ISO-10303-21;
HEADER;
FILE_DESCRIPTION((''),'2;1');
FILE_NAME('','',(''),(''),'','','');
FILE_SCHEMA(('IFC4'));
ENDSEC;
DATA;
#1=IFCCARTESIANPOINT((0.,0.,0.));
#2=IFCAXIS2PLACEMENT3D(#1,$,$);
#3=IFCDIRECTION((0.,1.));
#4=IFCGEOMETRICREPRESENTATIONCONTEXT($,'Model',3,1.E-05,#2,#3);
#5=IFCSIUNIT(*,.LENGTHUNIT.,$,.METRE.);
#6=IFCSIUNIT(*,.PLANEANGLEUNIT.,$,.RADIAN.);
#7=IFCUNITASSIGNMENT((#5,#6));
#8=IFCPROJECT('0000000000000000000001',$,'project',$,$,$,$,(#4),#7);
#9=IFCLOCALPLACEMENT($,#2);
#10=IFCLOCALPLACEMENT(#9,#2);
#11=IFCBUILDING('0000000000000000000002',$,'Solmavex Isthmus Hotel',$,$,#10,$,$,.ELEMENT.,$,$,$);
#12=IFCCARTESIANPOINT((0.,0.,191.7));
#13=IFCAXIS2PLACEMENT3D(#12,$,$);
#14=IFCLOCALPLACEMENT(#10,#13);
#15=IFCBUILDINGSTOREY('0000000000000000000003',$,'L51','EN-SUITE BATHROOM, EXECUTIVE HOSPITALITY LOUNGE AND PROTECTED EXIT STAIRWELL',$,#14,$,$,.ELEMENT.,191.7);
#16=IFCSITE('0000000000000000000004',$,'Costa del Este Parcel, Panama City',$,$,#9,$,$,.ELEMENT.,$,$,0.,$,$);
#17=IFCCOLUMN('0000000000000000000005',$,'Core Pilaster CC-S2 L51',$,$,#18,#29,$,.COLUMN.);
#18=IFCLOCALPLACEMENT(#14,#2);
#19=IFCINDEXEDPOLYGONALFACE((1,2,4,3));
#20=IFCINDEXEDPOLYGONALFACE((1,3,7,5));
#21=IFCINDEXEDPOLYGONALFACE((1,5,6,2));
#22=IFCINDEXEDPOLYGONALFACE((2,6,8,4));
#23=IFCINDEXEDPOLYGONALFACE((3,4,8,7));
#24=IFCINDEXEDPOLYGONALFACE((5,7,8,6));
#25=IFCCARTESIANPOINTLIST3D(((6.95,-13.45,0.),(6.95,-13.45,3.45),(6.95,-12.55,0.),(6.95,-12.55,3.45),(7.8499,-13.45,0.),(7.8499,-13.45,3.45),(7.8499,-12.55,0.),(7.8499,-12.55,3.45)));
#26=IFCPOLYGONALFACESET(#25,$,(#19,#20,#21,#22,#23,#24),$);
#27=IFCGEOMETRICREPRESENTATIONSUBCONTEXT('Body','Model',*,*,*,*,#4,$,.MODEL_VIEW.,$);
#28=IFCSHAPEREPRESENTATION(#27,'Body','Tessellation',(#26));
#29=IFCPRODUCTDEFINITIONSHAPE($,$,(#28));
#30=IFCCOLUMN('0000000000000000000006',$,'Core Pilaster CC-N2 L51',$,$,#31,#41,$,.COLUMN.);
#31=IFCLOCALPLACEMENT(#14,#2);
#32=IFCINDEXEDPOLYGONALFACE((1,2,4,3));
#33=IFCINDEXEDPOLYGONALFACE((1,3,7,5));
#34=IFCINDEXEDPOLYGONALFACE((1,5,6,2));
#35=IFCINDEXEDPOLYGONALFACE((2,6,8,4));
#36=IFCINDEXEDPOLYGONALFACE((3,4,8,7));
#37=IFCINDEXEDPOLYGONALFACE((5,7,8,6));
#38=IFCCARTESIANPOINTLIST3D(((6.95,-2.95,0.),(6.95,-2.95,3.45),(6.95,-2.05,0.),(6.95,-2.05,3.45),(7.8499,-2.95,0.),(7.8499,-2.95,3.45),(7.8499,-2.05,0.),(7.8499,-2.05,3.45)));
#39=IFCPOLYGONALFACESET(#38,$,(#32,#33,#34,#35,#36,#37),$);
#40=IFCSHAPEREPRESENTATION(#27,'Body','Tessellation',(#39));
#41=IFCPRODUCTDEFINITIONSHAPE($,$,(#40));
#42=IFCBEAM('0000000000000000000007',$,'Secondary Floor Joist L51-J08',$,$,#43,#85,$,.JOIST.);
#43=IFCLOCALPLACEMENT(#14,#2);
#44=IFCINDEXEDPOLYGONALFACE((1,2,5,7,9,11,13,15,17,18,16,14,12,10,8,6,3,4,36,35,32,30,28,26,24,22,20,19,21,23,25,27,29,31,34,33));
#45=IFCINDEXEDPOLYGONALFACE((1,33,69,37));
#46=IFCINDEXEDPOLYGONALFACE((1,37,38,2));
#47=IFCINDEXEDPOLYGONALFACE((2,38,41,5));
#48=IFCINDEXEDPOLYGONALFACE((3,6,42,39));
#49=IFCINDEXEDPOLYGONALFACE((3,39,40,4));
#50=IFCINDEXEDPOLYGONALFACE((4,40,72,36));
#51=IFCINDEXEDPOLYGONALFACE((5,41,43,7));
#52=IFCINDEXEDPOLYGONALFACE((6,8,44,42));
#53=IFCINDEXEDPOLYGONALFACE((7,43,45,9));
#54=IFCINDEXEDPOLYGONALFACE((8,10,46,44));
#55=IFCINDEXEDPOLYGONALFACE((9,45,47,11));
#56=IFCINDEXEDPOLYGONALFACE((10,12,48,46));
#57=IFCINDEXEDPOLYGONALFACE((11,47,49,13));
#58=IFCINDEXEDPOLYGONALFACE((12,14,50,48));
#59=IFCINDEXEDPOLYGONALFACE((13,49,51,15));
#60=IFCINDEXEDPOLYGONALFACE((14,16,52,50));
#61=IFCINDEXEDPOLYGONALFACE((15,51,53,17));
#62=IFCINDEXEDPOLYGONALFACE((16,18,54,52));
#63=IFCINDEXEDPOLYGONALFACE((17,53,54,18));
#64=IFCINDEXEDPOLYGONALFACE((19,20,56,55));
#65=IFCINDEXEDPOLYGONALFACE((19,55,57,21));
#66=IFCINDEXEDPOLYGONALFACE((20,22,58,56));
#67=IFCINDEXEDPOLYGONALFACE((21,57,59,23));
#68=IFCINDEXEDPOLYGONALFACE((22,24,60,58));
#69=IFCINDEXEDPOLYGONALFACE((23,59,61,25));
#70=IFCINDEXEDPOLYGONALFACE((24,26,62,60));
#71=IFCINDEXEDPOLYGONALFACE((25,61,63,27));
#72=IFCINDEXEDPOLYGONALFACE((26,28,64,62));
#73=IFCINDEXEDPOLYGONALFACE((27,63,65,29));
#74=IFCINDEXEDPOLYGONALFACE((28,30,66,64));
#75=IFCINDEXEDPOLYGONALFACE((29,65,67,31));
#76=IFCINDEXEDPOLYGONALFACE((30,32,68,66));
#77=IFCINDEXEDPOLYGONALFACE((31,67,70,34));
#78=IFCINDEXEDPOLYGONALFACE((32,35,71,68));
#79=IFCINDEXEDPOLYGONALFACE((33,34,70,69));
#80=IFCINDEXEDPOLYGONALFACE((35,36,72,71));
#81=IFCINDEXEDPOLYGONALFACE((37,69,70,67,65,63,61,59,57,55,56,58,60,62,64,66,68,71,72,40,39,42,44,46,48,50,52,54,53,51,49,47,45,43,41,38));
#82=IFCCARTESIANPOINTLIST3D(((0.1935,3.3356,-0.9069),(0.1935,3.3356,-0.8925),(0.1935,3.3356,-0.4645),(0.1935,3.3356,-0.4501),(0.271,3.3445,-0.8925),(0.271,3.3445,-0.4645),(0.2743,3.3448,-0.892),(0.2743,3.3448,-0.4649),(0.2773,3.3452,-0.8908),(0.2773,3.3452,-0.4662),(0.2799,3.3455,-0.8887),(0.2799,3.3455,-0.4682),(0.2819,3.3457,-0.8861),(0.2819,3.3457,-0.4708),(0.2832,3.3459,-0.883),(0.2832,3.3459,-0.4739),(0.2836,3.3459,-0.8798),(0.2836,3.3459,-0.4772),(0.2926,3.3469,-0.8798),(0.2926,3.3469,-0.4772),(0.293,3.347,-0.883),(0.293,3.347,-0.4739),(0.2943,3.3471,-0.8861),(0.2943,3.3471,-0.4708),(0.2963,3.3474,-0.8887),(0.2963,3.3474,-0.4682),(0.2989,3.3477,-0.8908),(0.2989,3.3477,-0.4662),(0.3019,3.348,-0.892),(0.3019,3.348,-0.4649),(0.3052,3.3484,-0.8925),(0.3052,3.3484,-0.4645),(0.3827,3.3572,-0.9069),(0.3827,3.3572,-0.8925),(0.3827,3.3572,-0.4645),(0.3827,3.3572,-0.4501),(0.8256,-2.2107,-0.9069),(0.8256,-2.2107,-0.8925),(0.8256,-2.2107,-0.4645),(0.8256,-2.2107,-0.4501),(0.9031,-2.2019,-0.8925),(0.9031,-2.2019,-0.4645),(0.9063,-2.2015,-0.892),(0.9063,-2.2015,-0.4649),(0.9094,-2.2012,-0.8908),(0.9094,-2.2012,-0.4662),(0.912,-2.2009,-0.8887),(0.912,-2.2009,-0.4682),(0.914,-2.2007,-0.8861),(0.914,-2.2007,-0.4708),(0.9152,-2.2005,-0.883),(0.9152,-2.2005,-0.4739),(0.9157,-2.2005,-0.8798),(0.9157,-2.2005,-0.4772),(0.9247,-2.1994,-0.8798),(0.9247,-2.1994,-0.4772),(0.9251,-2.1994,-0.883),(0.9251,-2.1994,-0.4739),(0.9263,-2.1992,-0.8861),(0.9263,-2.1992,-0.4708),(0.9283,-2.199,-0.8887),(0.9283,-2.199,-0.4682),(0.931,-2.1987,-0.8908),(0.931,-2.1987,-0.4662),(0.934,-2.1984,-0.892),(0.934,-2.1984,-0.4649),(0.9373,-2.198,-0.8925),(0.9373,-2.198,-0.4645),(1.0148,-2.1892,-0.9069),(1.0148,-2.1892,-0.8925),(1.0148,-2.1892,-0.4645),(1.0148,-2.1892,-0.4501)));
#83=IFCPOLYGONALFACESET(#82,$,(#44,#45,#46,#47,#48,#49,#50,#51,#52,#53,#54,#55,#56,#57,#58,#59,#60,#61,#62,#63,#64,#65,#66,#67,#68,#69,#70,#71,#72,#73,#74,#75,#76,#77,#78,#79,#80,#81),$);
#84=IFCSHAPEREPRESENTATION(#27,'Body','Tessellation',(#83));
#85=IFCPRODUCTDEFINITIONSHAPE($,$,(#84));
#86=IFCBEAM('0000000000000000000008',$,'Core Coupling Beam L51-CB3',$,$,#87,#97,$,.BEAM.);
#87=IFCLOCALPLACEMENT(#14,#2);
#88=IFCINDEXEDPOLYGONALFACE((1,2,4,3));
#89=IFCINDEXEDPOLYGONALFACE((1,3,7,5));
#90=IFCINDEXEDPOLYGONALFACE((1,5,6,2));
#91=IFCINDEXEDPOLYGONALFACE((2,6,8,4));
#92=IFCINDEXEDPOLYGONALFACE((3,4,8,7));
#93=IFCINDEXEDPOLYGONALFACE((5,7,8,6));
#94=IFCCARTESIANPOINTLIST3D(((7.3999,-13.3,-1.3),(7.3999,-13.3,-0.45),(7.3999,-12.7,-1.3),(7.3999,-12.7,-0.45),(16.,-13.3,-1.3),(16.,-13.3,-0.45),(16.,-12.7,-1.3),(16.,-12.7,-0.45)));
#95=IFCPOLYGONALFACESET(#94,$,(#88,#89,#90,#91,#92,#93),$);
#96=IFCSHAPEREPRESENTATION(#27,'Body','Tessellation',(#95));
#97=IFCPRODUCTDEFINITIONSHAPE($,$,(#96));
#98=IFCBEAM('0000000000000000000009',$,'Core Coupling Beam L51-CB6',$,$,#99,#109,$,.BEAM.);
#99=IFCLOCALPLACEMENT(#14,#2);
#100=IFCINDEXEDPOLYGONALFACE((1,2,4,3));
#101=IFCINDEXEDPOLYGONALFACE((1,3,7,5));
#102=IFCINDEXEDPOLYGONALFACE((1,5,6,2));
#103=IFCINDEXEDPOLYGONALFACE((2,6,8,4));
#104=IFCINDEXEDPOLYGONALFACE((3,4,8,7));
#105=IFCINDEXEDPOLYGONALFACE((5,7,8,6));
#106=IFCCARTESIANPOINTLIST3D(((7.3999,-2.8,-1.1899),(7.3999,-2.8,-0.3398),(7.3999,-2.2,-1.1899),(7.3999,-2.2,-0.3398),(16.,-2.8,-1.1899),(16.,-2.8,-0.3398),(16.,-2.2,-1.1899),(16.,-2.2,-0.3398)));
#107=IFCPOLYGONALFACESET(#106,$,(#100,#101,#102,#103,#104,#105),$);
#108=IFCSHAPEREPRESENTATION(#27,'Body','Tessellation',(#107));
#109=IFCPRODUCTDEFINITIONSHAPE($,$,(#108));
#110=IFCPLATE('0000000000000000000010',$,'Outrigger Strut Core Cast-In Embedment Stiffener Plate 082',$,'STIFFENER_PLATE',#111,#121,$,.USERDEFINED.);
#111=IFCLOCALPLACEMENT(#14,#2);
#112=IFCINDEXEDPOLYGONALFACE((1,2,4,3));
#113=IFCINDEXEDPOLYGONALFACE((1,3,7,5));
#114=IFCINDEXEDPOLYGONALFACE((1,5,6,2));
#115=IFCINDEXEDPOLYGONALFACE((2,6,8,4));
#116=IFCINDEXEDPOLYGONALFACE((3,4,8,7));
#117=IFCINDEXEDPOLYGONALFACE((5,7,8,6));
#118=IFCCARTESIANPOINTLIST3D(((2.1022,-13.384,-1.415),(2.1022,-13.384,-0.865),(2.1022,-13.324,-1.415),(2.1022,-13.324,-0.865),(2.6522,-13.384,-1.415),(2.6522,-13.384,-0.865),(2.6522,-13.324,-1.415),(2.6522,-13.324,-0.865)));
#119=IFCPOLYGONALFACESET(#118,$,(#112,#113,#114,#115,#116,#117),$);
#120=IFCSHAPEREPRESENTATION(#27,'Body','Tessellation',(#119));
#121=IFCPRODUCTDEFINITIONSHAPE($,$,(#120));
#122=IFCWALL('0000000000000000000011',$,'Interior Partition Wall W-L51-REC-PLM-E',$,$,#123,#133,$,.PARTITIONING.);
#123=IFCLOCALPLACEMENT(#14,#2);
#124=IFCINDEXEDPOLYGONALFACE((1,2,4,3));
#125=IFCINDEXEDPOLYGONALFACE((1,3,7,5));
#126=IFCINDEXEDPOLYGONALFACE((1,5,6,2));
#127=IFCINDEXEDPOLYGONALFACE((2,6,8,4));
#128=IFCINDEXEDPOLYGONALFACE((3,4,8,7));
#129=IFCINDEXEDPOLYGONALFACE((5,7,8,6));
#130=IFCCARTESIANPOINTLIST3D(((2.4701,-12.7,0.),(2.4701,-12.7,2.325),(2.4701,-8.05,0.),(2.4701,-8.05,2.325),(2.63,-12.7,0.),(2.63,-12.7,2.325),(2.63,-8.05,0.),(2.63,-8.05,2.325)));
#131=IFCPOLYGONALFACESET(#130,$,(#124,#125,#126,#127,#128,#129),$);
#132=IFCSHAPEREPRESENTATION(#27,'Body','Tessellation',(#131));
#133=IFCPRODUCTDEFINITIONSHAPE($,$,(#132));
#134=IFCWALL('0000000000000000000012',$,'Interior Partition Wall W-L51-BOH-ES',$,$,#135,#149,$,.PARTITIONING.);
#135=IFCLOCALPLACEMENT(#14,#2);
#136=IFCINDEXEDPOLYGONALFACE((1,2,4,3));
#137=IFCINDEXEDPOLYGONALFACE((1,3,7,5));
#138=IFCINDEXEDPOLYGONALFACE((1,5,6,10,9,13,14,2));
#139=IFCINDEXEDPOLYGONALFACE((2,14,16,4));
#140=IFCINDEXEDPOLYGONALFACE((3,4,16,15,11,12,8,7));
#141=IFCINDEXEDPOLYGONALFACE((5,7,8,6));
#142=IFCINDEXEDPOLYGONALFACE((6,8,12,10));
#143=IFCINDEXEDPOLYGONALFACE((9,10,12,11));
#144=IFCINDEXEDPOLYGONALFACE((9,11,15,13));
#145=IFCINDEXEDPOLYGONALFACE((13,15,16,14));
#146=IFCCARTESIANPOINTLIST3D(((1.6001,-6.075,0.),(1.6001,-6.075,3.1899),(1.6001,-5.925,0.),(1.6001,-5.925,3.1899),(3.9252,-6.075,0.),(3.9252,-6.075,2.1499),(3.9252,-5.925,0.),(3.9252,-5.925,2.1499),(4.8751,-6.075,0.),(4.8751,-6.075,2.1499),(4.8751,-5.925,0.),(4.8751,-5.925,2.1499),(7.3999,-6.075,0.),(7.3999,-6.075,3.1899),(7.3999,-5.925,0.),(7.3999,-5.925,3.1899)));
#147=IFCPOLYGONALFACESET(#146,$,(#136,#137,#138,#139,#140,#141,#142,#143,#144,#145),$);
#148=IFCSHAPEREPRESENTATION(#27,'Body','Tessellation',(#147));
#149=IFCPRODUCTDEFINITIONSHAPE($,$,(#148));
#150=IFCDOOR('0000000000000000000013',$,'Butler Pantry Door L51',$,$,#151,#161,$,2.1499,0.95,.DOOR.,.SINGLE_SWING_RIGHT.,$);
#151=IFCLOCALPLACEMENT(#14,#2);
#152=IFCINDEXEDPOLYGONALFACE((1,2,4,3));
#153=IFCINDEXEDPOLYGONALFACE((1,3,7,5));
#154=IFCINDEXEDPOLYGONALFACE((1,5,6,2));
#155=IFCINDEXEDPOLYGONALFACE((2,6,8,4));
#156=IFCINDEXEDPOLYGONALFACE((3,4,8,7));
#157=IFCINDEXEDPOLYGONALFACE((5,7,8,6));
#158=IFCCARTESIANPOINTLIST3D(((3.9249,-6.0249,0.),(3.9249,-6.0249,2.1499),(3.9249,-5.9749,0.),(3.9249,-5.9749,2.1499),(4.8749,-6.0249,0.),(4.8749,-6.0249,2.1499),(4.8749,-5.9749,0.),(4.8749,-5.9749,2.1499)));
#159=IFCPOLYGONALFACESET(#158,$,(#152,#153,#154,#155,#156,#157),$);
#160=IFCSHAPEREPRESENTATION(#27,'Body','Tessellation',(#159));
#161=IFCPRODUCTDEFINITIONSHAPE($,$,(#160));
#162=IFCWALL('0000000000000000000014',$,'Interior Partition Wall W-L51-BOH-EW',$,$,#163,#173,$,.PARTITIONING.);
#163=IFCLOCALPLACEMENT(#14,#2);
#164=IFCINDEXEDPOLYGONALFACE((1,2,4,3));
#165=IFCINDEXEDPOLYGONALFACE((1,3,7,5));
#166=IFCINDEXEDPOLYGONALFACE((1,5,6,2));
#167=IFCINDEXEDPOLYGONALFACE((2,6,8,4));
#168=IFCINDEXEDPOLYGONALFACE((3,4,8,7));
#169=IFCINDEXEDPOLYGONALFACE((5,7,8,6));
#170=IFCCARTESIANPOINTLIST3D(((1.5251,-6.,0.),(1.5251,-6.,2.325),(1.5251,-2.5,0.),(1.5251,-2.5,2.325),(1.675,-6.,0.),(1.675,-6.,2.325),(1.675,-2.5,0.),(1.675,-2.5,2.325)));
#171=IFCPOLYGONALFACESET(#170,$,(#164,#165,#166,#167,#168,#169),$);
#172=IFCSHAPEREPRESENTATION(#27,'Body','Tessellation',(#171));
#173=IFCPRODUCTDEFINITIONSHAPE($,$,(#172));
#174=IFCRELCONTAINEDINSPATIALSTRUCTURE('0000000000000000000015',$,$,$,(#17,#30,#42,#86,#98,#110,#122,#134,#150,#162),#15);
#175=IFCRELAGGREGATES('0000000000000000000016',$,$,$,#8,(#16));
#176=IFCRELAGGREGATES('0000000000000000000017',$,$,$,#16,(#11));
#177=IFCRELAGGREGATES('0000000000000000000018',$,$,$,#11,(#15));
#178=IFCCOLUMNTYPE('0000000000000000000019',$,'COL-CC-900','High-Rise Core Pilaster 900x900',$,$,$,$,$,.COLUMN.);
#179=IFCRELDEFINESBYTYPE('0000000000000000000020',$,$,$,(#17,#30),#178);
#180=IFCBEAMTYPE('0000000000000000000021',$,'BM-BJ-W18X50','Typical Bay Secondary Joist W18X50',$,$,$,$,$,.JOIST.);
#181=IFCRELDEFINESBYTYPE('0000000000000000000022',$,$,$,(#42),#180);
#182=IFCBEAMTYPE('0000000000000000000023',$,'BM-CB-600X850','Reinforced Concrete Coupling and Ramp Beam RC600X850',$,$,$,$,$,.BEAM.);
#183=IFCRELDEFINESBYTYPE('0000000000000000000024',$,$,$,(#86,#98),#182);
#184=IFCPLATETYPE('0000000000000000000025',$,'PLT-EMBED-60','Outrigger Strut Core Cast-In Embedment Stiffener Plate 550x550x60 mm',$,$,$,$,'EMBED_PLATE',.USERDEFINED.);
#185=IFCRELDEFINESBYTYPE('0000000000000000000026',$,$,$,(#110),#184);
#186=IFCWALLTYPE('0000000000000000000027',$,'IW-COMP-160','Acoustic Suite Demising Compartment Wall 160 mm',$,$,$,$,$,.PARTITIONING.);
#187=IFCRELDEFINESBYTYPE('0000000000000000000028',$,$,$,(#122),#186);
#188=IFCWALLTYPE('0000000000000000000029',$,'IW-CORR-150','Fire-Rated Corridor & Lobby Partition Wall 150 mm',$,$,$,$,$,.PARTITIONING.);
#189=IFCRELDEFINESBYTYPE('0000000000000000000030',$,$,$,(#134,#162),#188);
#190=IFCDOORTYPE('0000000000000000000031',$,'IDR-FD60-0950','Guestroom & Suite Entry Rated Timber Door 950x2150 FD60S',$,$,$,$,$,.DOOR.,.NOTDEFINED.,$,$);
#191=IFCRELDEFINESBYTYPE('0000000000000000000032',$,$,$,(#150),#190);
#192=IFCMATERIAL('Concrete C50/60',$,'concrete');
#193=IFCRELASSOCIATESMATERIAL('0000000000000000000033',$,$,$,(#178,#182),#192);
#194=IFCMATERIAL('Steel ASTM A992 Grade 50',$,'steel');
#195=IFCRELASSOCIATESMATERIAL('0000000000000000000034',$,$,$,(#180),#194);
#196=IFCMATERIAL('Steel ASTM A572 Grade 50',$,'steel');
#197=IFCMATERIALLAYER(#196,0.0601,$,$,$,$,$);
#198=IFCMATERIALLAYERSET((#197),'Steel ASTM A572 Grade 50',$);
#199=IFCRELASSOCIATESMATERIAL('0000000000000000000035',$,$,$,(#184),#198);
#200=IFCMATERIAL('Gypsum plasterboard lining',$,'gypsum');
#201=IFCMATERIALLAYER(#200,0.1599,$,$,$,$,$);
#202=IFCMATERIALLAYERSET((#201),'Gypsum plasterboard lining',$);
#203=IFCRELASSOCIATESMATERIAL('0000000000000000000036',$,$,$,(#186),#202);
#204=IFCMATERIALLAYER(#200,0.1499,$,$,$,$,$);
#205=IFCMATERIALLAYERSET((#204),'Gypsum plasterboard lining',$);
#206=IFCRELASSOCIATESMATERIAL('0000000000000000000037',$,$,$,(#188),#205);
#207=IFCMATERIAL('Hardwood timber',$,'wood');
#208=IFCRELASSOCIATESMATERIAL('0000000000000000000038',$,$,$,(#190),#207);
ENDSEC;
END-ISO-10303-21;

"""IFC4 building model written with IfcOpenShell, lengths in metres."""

from ifc_helpers import new_model, si_unit, direction, frame, frame_2d, origin, origin_2d, place, context, subcontext, project, spatial, rectangle, i_section, extrude, material, layer, layer_set, material_profile, profile_set, type_object, element, fill, save


model = new_model("IFC4")

# Units and contexts
model_context = context("Model", 3, precision=1e-05, world=origin(), true_north=direction((0.0, 1.0)))
body_context = subcontext(model_context, "Body", "Model", "MODEL_VIEW")
ifc_project = project(units=[si_unit("LENGTHUNIT", "METRE"), si_unit("PLANEANGLEUNIT", "RADIAN")], contexts=[model_context])

# Site, building, storey
site_placement = place(None, origin())
site = spatial("IfcSite", under=ifc_project, at=site_placement, Name="Costa del Este Parcel, Panama City", CompositionType="ELEMENT", RefElevation=0.0)
building_placement = place(site_placement, origin())
building = spatial("IfcBuilding", under=site, at=building_placement, Name="Solmavex Isthmus Hotel", CompositionType="ELEMENT")
storey_placement = place(building_placement, frame((0.0, 0.0, 191.7)))
storey = spatial("IfcBuildingStorey", under=building, at=storey_placement, Name="L51", Description="EN-SUITE BATHROOM, EXECUTIVE HOSPITALITY LOUNGE AND PROTECTED EXIT STAIRWELL", CompositionType="ELEMENT", Elevation=191.7)

# Columns
ifc_material_1 = material(Name="Concrete C50/60", Category="concrete")
ifc_material_profile_1 = material_profile(ifc_material_1, rectangle(XDim=0.8999, YDim=0.8999, at=origin_2d()), Name="RC900X900")
ifc_profile_set_1 = profile_set([ifc_material_profile_1], Name="Concrete C50/60")
column_type = type_object("IfcColumnType", Name="COL-CC-900", Description="High-Rise Core Pilaster 900x900", PredefinedType="COLUMN", material=ifc_profile_set_1)
for number, where, z_axis, x_axis, name in (
    (1, (7.3999, -13.0, 0.0), (0.0, 0.0, 1.0), (1.0, 0.0, 0.0), "Core Pilaster CC-S2 L51"),
    (2, (7.3999, -2.5, 0.0), (0.0, 0.0, 1.0), (1.0, 0.0, 0.0), "Core Pilaster CC-N2 L51"),
):
    element("IfcColumn", number, at=place(storey_placement, frame(where, z_axis=z_axis, x_axis=x_axis)), inside=storey, type_object=column_type, Name=name, PredefinedType="COLUMN", context=body_context, shape_type="SweptSolid", body=[
        extrude(rectangle(XDim=0.8999, YDim=0.8999, at=origin_2d()), origin(), (0.0, 0.0, 1.0), 3.45),
    ])

# Beams
ifc_material_2 = material(Name="Steel ASTM A992 Grade 50", Category="steel")
ifc_material_profile_2 = material_profile(ifc_material_2, i_section(OverallWidth=0.1904, OverallDepth=0.4568, WebThickness=0.009, FlangeThickness=0.0144, FilletRadius=0.0127, at=origin_2d()), Name="W18X50")
ifc_profile_set_2 = profile_set([ifc_material_profile_2], Name="Steel ASTM A992 Grade 50")
beam_type_1 = type_object("IfcBeamType", Name="BM-BJ-W18X50", Description="Typical Bay Secondary Joist W18X50", PredefinedType="JOIST", material=ifc_profile_set_2)
beam_placement = place(storey_placement, frame((0.9202, -2.2, -0.6785), z_axis=(-0.11323, 0.993569, 0.0), x_axis=(-0.993569, -0.11323, 0.0)))
element("IfcBeam", 3, at=beam_placement, inside=storey, type_object=beam_type_1, Name="Secondary Floor Joist L51-J08", PredefinedType="JOIST", context=body_context, shape_type="SweptSolid", body=[
    extrude(i_section(OverallWidth=0.1904, OverallDepth=0.4568, WebThickness=0.009, FlangeThickness=0.0144, FilletRadius=0.0127, at=origin_2d()), origin(), (0.0, 0.0, 1.0), 5.5823),
])
ifc_material_profile_3 = material_profile(ifc_material_1, rectangle(XDim=0.6001, YDim=0.8501, at=origin_2d()), Name="RC600X850")
ifc_profile_set_3 = profile_set([ifc_material_profile_3], Name="Concrete C50/60")
beam_type_2 = type_object("IfcBeamType", Name="BM-CB-600X850", Description="Reinforced Concrete Coupling and Ramp Beam RC600X850", PredefinedType="BEAM", material=ifc_profile_set_3)
for number, where, z_axis, x_axis, name in (
    (4, (7.3999, -13.0, -0.875), (1.0, 0.0, 0.0), (0.0, 1.0, 0.0), "Core Coupling Beam L51-CB3"),
    (5, (7.3999, -2.5, -0.7649), (1.0, 0.0, 0.0), (0.0, 1.0, 0.0), "Core Coupling Beam L51-CB6"),
):
    element("IfcBeam", number, at=place(storey_placement, frame(where, z_axis=z_axis, x_axis=x_axis)), inside=storey, type_object=beam_type_2, Name=name, PredefinedType="BEAM", context=body_context, shape_type="SweptSolid", body=[
        extrude(rectangle(XDim=0.6001, YDim=0.8501, at=origin_2d()), origin(), (0.0, 0.0, 1.0), 8.6001),
    ])

# Plate
ifc_material_3 = material(Name="Steel ASTM A572 Grade 50", Category="steel")
ifc_layer_1 = layer(ifc_material_3, 0.0601)
ifc_layer_set_1 = layer_set([ifc_layer_1], Name="Steel ASTM A572 Grade 50")
plate_type = type_object("IfcPlateType", Name="PLT-EMBED-60", Description="Outrigger Strut Core Cast-In Embedment Stiffener Plate 550x550x60 mm", ElementType="EMBED_PLATE", PredefinedType="USERDEFINED", material=ifc_layer_set_1)
plate_placement = place(storey_placement, frame((2.3772, -13.354, -1.415), z_axis=(0.0, 0.0, 1.0), x_axis=(1.0, 0.0, 0.0)))
element("IfcPlate", 6, at=plate_placement, inside=storey, type_object=plate_type, Name="Outrigger Strut Core Cast-In Embedment Stiffener Plate 082", ObjectType="STIFFENER_PLATE", PredefinedType="USERDEFINED", context=body_context, shape_type="SweptSolid", body=[
    extrude(rectangle(XDim=0.55, YDim=0.0601, at=origin_2d()), origin(), (0.0, 0.0, 1.0), 0.55),
])

# Wall
ifc_material_4 = material(Name="Gypsum plasterboard lining", Category="gypsum")
ifc_layer_2 = layer(ifc_material_4, 0.1599)
ifc_layer_set_2 = layer_set([ifc_layer_2], Name="Gypsum plasterboard lining")
wall_type_1 = type_object("IfcWallType", Name="IW-COMP-160", Description="Acoustic Suite Demising Compartment Wall 160 mm", PredefinedType="PARTITIONING", material=ifc_layer_set_2)
wall_1_placement = place(storey_placement, frame((2.55, -12.7, 0.0), z_axis=(0.0, 0.0, 1.0), x_axis=(0.0, 1.0, 0.0)))
element("IfcWall", 7, at=wall_1_placement, inside=storey, type_object=wall_type_1, Name="Interior Partition Wall W-L51-REC-PLM-E", PredefinedType="PARTITIONING", context=body_context, shape_type="SweptSolid", body=[
    extrude(rectangle(XDim=4.6499, YDim=0.1599, at=frame_2d((2.325, 0.0))), origin(), (0.0, 0.0, 1.0), 2.325),
])

# Wall, opening, door
ifc_layer_3 = layer(ifc_material_4, 0.1499)
ifc_layer_set_3 = layer_set([ifc_layer_3], Name="Gypsum plasterboard lining")
wall_type_2 = type_object("IfcWallType", Name="IW-CORR-150", Description="Fire-Rated Corridor & Lobby Partition Wall 150 mm", PredefinedType="PARTITIONING", material=ifc_layer_set_3)
wall_2_placement = place(storey_placement, frame((1.6001, -6.0, 0.0), z_axis=(0.0, 0.0, 1.0), x_axis=(1.0, 0.0, 0.0)))
wall_2 = element("IfcWall", 8, at=wall_2_placement, inside=storey, type_object=wall_type_2, Name="Interior Partition Wall W-L51-BOH-ES", PredefinedType="PARTITIONING", context=body_context, shape_type="SweptSolid", body=[
    extrude(rectangle(XDim=5.7998, YDim=0.1499, at=frame_2d((2.8999, 0.0))), origin(), (0.0, 0.0, 1.0), 3.1899),
])
opening_1_placement = place(wall_2_placement, frame((2.325, 0.0, 0.0)))
opening_1 = element("IfcOpeningElement", 9, at=opening_1_placement, cuts=wall_2, PredefinedType="OPENING", context=body_context, shape_type="SweptSolid", body=[
    extrude(rectangle(XDim=0.95, YDim=2.1499, at=frame_2d((0.4751, 1.075))), frame((0.0, 0.085, 0.0), z_axis=(0.0, -1.0, 0.0), x_axis=(1.0, 0.0, 0.0)), (0.0, 0.0, 1.0), 0.1699),
])
ifc_material_5 = material(Name="Hardwood timber", Category="wood")
door_type_1 = type_object("IfcDoorType", Name="IDR-FD60-0950", Description="Guestroom & Suite Entry Rated Timber Door 950x2150 FD60S", OperationType="NOTDEFINED", PredefinedType="DOOR", material=ifc_material_5)
door_1_placement = place(opening_1_placement, frame((0.95, 0.0, 0.0), z_axis=(0.0, 0.0, 1.0), x_axis=(-1.0, 0.0, 0.0)))
door_1 = element("IfcDoor", 10, at=door_1_placement, inside=storey, type_object=door_type_1, Name="Butler Pantry Door L51", OperationType="SINGLE_SWING_RIGHT", OverallHeight=2.1499, OverallWidth=0.95, PredefinedType="DOOR", context=body_context, shape_type="SweptSolid", body=[
    extrude(rectangle(XDim=0.95, YDim=2.1499, at=frame_2d((0.4751, 1.075))), frame((0.0, 0.0249, 0.0), z_axis=(0.0, -1.0, 0.0), x_axis=(1.0, 0.0, 0.0)), (0.0, 0.0, 1.0), 0.05),
])
fill(opening_1, door_1)

# Wall
wall_3_placement = place(storey_placement, frame((1.6001, -6.0, 0.0), z_axis=(0.0, 0.0, 1.0), x_axis=(0.0, 1.0, 0.0)))
element("IfcWall", 11, at=wall_3_placement, inside=storey, type_object=wall_type_2, Name="Interior Partition Wall W-L51-BOH-EW", PredefinedType="PARTITIONING", context=body_context, shape_type="SweptSolid", body=[
    extrude(rectangle(XDim=3.5, YDim=0.1499, at=frame_2d((1.75, 0.0))), origin(), (0.0, 0.0, 1.0), 2.325),
])

save(model, "model.ifc")
